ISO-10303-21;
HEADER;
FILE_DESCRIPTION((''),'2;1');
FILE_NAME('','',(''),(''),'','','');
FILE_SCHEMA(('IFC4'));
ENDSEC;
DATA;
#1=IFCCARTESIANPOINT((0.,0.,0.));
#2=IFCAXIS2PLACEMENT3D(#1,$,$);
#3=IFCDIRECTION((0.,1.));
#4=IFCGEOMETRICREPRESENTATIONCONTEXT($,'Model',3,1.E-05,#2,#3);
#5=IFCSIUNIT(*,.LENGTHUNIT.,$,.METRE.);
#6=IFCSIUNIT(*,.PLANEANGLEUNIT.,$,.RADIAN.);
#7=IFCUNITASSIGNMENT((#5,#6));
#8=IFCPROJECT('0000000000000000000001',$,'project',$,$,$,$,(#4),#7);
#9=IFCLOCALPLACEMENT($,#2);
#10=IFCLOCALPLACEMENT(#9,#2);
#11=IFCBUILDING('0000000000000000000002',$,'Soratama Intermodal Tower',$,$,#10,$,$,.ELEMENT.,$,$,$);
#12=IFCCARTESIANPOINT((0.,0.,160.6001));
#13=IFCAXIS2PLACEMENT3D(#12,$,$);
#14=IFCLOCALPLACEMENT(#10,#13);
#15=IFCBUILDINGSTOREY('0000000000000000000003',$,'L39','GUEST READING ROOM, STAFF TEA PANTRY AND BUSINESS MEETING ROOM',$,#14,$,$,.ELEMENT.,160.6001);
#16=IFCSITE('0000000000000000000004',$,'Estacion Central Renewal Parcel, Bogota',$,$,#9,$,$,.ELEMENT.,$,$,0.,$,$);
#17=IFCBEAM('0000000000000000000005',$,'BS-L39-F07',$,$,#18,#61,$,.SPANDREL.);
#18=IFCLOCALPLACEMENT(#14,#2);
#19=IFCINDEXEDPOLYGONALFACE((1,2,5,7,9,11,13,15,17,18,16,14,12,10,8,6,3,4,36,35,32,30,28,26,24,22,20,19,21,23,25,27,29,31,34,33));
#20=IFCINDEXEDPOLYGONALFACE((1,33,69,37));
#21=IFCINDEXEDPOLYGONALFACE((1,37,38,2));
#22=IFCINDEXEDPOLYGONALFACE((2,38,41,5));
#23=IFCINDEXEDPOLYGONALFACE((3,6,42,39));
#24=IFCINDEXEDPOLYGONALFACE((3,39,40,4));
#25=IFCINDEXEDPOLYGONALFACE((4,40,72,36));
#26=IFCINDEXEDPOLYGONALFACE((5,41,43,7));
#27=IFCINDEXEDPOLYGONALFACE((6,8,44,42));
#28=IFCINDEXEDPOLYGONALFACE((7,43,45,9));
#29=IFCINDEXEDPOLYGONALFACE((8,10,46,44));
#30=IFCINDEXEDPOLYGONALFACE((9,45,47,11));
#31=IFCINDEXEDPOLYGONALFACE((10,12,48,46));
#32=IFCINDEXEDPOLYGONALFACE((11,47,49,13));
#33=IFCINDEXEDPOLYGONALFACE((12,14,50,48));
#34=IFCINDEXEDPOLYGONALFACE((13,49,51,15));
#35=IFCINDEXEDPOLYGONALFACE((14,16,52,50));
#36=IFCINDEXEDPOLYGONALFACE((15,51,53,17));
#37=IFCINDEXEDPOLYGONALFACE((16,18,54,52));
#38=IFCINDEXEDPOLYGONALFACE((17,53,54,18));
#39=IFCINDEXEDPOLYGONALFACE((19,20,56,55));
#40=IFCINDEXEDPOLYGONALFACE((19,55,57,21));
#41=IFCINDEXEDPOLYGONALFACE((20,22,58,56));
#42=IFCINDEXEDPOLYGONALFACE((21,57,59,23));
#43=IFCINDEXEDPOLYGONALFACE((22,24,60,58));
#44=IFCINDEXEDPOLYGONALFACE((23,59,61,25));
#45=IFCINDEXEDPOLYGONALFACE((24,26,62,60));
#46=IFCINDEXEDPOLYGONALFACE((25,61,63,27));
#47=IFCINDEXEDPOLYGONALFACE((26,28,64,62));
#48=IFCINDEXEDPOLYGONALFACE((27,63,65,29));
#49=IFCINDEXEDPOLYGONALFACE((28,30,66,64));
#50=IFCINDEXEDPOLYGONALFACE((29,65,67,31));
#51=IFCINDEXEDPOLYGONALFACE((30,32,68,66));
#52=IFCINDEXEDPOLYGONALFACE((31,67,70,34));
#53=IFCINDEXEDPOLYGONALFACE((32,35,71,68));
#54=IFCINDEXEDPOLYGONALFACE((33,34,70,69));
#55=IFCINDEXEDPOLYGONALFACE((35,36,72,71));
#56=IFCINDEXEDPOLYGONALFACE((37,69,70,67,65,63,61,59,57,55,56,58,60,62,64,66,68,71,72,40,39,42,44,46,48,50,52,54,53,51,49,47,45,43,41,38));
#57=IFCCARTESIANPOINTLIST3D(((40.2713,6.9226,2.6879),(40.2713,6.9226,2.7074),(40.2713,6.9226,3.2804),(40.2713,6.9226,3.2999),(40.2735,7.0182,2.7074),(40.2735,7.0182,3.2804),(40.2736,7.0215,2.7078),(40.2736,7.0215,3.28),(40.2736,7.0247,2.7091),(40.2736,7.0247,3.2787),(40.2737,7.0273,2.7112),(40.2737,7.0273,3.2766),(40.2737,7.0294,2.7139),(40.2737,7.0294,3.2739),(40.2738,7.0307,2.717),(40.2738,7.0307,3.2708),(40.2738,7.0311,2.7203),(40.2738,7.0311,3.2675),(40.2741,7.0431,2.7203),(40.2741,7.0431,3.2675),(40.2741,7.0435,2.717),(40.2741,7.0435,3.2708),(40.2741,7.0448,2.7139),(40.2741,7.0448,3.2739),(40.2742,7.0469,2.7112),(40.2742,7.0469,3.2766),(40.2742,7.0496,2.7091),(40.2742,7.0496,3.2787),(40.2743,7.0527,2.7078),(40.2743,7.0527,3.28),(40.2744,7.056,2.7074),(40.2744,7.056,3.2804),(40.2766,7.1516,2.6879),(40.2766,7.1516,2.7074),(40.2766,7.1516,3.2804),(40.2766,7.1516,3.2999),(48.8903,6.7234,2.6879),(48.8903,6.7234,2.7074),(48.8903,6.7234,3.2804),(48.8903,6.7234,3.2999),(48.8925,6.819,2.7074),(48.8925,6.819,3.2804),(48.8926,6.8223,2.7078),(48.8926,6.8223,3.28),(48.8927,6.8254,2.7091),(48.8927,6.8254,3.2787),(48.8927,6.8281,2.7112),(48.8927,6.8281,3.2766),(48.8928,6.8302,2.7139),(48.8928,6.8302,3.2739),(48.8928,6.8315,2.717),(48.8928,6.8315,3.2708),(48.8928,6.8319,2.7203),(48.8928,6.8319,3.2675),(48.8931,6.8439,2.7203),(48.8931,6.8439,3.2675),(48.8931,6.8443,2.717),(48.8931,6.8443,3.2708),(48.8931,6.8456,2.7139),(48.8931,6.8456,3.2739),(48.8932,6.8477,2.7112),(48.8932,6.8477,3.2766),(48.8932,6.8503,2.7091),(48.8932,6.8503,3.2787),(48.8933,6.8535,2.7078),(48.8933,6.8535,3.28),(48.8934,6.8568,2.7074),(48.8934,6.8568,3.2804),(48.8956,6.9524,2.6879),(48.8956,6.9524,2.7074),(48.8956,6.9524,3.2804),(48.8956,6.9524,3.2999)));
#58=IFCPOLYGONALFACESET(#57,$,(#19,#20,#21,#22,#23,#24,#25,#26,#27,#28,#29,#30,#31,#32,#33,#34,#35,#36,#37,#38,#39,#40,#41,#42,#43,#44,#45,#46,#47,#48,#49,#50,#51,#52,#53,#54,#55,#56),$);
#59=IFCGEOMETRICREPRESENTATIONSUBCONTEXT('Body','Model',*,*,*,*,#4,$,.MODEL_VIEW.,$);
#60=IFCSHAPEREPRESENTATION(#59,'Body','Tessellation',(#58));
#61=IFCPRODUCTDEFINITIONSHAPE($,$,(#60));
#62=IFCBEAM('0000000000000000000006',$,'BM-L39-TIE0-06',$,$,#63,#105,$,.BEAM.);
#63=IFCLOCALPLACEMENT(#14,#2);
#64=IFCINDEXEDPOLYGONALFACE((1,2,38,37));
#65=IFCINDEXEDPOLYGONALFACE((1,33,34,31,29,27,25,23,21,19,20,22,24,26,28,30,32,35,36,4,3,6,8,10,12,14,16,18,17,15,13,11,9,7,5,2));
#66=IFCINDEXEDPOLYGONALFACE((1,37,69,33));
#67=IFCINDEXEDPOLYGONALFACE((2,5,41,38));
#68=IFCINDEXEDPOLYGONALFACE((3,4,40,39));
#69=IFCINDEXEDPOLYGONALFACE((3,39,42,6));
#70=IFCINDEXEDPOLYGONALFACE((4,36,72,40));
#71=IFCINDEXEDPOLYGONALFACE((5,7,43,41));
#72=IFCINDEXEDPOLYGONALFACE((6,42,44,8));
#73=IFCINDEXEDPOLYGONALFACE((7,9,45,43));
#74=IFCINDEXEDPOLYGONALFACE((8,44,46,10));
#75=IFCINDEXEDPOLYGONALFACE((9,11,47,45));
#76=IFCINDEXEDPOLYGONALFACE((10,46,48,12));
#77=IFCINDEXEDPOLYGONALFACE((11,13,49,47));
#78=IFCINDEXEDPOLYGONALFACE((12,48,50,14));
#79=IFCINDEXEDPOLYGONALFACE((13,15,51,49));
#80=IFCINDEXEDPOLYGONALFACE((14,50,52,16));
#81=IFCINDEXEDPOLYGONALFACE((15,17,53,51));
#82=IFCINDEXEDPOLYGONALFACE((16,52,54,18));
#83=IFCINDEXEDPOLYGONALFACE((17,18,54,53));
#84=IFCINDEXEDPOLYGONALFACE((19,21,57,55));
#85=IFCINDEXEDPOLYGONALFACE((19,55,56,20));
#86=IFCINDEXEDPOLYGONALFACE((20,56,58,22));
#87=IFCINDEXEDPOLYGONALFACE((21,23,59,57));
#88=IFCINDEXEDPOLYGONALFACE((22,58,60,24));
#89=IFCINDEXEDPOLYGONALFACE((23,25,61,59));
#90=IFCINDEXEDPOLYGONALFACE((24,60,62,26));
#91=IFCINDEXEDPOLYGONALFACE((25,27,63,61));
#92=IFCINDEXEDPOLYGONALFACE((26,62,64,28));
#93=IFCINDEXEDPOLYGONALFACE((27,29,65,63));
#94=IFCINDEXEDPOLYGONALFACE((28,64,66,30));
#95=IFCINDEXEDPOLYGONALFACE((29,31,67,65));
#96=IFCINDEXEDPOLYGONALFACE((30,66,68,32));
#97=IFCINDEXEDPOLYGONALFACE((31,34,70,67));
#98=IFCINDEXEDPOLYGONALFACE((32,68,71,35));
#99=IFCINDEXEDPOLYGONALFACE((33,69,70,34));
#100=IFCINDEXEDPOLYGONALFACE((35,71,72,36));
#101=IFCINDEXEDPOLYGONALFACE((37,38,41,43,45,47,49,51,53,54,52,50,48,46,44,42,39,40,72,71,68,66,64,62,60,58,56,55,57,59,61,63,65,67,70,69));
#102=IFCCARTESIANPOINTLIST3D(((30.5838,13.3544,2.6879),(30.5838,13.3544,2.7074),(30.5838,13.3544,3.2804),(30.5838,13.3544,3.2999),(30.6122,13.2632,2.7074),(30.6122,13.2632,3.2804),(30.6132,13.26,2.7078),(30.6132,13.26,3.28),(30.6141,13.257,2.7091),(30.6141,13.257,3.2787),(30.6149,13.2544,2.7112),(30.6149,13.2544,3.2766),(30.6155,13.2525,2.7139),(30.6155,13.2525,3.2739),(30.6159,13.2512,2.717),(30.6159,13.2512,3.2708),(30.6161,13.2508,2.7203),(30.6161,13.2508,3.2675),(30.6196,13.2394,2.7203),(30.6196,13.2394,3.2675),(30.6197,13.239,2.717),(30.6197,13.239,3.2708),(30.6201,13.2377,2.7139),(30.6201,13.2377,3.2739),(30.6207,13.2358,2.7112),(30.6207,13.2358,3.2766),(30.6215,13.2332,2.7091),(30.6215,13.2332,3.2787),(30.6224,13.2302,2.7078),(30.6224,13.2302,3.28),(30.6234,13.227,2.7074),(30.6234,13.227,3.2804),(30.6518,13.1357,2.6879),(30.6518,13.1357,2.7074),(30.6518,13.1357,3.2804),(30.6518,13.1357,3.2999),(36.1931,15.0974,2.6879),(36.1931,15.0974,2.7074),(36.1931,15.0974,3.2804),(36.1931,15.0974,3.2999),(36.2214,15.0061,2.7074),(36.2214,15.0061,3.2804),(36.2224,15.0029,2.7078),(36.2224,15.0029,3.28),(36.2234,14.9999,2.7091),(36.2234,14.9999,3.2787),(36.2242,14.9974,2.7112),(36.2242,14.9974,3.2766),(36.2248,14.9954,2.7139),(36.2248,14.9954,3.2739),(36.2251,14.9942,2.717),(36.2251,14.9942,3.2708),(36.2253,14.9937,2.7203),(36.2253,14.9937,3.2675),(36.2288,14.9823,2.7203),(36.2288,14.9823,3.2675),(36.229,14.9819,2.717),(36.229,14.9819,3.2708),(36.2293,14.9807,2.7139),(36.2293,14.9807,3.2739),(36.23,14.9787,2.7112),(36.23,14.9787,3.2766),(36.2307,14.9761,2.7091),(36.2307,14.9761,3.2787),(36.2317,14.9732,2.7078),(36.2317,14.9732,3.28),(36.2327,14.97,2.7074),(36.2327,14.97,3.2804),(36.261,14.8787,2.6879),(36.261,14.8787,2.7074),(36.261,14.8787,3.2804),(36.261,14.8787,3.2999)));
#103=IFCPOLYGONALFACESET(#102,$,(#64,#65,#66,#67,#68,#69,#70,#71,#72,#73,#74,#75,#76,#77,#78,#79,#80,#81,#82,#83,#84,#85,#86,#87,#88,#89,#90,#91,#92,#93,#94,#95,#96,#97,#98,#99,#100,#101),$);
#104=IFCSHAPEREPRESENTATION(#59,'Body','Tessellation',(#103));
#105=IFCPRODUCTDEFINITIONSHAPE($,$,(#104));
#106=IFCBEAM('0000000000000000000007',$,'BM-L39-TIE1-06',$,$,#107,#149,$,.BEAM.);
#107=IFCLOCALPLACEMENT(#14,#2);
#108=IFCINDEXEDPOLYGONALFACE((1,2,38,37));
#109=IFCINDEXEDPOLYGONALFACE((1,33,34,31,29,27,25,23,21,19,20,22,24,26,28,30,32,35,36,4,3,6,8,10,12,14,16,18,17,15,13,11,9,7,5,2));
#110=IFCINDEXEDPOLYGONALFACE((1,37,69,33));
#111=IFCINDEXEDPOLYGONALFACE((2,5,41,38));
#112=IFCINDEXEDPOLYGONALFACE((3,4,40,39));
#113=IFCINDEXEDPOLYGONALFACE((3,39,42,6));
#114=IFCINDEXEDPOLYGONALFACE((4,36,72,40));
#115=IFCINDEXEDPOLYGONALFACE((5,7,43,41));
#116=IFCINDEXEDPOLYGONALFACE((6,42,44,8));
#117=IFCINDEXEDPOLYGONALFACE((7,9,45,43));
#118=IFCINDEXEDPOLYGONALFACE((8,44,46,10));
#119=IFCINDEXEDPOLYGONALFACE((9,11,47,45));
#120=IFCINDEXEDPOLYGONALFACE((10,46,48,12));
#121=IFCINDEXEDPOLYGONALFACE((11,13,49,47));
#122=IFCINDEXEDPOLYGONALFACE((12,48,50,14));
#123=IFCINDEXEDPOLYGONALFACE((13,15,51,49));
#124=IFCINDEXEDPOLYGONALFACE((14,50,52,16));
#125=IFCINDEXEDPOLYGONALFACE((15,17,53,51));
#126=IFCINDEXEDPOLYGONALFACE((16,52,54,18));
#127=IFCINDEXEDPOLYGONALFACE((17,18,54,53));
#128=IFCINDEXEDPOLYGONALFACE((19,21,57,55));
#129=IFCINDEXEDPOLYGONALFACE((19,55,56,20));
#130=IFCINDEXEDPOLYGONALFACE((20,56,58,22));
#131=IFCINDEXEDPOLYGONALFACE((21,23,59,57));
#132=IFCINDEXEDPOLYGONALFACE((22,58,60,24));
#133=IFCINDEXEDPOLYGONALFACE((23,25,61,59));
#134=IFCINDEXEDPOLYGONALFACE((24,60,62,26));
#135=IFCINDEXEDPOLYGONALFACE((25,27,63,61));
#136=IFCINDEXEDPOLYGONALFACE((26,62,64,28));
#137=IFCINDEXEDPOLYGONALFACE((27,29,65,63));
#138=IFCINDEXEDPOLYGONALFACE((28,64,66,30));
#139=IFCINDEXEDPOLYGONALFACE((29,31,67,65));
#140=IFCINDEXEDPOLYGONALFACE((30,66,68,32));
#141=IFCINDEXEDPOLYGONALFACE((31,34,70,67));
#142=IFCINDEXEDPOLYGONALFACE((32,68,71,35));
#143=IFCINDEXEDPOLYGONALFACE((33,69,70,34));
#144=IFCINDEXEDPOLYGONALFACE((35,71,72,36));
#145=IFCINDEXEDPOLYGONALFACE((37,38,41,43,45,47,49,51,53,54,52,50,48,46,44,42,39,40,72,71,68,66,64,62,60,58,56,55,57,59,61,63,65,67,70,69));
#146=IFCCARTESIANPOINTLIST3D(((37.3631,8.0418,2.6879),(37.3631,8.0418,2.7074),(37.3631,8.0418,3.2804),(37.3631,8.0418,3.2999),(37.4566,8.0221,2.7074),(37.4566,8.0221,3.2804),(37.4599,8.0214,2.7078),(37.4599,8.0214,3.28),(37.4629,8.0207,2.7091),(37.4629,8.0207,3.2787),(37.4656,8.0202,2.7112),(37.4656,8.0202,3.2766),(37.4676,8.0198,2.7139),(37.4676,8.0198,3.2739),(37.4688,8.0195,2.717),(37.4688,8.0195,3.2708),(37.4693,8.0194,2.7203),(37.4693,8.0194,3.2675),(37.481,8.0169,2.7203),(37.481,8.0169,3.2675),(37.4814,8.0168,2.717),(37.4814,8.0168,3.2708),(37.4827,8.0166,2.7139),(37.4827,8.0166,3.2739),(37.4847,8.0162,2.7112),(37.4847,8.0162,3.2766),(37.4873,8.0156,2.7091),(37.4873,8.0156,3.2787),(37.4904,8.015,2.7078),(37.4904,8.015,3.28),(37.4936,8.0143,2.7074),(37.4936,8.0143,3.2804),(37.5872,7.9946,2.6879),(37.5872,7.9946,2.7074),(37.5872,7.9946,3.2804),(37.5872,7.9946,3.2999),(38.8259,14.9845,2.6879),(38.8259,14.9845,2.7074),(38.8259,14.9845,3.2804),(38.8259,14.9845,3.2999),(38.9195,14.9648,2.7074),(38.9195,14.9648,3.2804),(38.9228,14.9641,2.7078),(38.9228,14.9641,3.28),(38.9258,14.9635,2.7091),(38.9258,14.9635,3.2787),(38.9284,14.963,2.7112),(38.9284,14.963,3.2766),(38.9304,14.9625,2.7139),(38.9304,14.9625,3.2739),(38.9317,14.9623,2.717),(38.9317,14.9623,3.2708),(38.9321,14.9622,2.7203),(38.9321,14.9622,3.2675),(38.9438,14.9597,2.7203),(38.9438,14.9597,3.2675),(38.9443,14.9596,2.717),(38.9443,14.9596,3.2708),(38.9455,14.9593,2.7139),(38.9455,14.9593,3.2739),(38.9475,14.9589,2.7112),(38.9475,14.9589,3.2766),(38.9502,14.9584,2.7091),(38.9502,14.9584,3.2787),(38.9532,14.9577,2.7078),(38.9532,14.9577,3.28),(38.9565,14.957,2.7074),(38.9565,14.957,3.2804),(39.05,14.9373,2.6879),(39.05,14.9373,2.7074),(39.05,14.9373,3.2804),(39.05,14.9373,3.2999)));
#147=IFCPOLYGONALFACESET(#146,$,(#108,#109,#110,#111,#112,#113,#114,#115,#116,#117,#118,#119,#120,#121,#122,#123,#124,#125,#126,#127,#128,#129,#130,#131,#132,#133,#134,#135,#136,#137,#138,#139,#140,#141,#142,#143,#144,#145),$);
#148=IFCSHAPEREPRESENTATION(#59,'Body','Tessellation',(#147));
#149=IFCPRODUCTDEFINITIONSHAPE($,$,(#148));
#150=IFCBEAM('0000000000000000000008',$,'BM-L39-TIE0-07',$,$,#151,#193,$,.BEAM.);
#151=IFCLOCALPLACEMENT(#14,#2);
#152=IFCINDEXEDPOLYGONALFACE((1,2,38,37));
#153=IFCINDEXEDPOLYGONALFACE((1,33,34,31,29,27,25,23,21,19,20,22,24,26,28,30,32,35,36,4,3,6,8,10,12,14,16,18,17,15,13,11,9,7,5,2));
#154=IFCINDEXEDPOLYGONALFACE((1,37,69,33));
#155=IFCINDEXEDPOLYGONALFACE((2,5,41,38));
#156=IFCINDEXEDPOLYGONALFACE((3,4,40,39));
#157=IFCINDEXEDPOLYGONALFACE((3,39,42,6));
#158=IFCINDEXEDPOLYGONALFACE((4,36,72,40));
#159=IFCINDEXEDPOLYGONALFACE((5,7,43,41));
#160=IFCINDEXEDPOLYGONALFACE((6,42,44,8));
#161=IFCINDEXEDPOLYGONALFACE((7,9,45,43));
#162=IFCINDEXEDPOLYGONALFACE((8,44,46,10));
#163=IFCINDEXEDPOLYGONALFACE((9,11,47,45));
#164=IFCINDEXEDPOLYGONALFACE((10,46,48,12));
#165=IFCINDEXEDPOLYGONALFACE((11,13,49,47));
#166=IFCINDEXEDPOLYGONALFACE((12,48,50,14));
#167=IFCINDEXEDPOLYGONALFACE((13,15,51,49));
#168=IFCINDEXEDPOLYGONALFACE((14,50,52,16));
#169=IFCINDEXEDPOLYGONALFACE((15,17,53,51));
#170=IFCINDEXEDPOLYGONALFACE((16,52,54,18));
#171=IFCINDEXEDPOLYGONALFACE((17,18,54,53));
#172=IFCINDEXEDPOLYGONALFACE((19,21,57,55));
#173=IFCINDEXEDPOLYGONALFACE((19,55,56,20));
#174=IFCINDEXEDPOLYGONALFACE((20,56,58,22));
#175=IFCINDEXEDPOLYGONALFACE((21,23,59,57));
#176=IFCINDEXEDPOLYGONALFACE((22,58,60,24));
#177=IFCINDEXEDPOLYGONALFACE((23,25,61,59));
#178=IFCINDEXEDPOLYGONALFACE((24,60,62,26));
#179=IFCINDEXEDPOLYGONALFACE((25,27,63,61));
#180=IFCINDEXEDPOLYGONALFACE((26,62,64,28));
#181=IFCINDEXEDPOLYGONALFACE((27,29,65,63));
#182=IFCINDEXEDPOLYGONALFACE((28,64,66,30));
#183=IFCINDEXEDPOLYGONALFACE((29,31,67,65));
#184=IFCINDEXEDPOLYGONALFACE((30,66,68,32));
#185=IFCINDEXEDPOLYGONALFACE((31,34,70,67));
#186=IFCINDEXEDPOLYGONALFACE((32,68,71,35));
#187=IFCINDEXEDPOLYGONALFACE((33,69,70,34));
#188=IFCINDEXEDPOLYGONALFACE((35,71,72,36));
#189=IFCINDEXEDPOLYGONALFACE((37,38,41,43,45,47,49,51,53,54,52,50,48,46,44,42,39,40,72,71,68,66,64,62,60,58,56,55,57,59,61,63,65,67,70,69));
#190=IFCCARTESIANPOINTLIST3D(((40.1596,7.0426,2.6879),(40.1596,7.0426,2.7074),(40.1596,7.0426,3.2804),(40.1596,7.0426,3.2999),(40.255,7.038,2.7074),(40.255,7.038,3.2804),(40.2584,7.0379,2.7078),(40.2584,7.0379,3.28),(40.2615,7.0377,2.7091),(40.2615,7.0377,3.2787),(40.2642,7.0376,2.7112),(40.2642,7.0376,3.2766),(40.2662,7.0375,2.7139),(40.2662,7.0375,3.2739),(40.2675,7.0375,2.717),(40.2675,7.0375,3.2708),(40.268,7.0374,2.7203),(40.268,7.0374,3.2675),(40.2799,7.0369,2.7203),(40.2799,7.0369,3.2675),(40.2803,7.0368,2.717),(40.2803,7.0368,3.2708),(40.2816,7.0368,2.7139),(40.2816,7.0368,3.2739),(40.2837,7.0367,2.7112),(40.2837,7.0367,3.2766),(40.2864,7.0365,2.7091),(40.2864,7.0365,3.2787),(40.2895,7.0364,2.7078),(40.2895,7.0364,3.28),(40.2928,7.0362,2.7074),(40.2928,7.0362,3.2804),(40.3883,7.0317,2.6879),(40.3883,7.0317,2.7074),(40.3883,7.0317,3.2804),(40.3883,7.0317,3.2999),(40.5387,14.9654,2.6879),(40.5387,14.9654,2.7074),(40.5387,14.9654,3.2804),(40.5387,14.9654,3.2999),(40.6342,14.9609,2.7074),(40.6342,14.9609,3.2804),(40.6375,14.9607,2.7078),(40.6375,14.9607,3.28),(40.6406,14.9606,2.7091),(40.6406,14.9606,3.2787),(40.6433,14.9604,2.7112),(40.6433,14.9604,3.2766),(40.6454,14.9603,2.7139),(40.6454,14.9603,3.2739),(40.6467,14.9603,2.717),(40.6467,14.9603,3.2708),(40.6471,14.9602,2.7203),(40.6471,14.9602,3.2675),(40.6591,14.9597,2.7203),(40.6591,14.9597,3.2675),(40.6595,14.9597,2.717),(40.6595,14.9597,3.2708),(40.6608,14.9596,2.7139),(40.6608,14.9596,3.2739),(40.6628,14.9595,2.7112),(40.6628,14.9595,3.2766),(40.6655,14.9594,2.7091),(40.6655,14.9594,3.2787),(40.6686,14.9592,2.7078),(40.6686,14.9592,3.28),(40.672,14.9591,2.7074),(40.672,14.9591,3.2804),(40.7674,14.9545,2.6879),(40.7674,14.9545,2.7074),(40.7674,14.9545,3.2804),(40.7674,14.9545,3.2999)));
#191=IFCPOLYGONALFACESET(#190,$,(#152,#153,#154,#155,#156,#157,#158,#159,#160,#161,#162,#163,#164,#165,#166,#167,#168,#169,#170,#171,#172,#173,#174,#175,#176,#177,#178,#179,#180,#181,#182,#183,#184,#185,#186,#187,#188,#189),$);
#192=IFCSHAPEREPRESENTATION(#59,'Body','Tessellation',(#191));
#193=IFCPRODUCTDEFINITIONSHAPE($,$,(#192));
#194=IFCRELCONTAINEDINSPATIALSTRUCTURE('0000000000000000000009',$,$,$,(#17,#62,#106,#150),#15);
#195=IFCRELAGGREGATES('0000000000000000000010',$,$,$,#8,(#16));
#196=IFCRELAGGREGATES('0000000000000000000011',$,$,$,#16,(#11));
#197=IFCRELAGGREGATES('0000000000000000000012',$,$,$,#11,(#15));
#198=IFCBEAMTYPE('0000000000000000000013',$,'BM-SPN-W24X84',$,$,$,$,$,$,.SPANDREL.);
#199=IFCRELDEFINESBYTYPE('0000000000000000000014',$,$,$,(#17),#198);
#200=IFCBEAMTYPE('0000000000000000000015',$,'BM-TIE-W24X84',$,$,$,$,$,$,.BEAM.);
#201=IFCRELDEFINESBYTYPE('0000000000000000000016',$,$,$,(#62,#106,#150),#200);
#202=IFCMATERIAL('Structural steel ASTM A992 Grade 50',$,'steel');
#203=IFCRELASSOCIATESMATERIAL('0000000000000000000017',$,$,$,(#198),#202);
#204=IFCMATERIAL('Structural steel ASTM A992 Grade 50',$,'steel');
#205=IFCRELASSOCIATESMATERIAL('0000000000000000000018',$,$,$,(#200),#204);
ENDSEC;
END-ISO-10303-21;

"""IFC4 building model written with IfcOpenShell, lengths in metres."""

from ifc_helpers import new_model, si_unit, direction, frame, origin, origin_2d, place, context, subcontext, project, spatial, i_section, extrude, material, material_profile, profile_set, type_object, element, save


model = new_model("IFC4")

# Units and contexts
model_context = context("Model", 3, precision=1e-05, world=origin(), true_north=direction((0.0, 1.0)))
body_context = subcontext(model_context, "Body", "Model", "MODEL_VIEW")
ifc_project = project(units=[si_unit("LENGTHUNIT", "METRE"), si_unit("PLANEANGLEUNIT", "RADIAN")], contexts=[model_context])

# Site, building, storey
site_placement = place(None, origin())
site = spatial("IfcSite", under=ifc_project, at=site_placement, Name="Estacion Central Renewal Parcel, Bogota", CompositionType="ELEMENT", RefElevation=0.0)
building_placement = place(site_placement, origin())
building = spatial("IfcBuilding", under=site, at=building_placement, Name="Soratama Intermodal Tower", CompositionType="ELEMENT")
storey_placement = place(building_placement, frame((0.0, 0.0, 160.6001)))
storey = spatial("IfcBuildingStorey", under=building, at=storey_placement, Name="L39", Description="GUEST READING ROOM, STAFF TEA PANTRY AND BUSINESS MEETING ROOM", CompositionType="ELEMENT", Elevation=160.6001)

# Beams
ifc_material_1 = material(Name="Structural steel ASTM A992 Grade 50", Category="steel")
ifc_material_profile_1 = material_profile(ifc_material_1, i_section(OverallWidth=0.229, OverallDepth=0.6121, WebThickness=0.012, FlangeThickness=0.0195, FilletRadius=0.0129, at=origin_2d()), Name="W24X84")
ifc_profile_set_1 = profile_set([ifc_material_profile_1], Name="Structural steel ASTM A992 Grade 50")
beam_type_1 = type_object("IfcBeamType", Name="BM-SPN-W24X84", PredefinedType="SPANDREL", material=ifc_profile_set_1)
beam_1_placement = place(storey_placement, frame((40.2739, 7.0371, 2.9939), z_axis=(0.999733, -0.023107, 0.0), x_axis=(0.023107, 0.999733, 0.0)))
element("IfcBeam", 1, at=beam_1_placement, inside=storey, type_object=beam_type_1, Name="BS-L39-F07", PredefinedType="SPANDREL", context=body_context, shape_type="SweptSolid", body=[
    extrude(i_section(OverallWidth=0.229, OverallDepth=0.6121, WebThickness=0.012, FlangeThickness=0.0195, FilletRadius=0.0129, at=origin_2d()), origin(), (0.0, 0.0, 1.0), 8.6213),
])
ifc_material_2 = material(Name="Structural steel ASTM A992 Grade 50", Category="steel")
ifc_material_profile_2 = material_profile(ifc_material_2, i_section(OverallWidth=0.229, OverallDepth=0.6121, WebThickness=0.012, FlangeThickness=0.0195, FilletRadius=0.0129, at=origin_2d()), Name="W24X84")
ifc_profile_set_2 = profile_set([ifc_material_profile_2], Name="Structural steel ASTM A992 Grade 50")
beam_type_2 = type_object("IfcBeamType", Name="BM-TIE-W24X84", PredefinedType="BEAM", material=ifc_profile_set_2)
beam_2_placement = place(storey_placement, frame((36.2271, 14.988, 2.9939), z_axis=(-0.95496, -0.296734, 0.0), x_axis=(0.296734, -0.95496, 0.0)))
element("IfcBeam", 2, at=beam_2_placement, inside=storey, type_object=beam_type_2, Name="BM-L39-TIE0-06", PredefinedType="BEAM", context=body_context, shape_type="SweptSolid", body=[
    extrude(i_section(OverallWidth=0.229, OverallDepth=0.6121, WebThickness=0.012, FlangeThickness=0.0195, FilletRadius=0.0129, at=origin_2d()), origin(), (0.0, 0.0, 1.0), 5.8738),
])
beam_3_placement = place(storey_placement, frame((38.938, 14.9609, 2.9939), z_axis=(-0.206177, -0.978515, 0.0), x_axis=(0.978515, -0.206177, 0.0)))
element("IfcBeam", 3, at=beam_3_placement, inside=storey, type_object=beam_type_2, Name="BM-L39-TIE1-06", PredefinedType="BEAM", context=body_context, shape_type="SweptSolid", body=[
    extrude(i_section(OverallWidth=0.229, OverallDepth=0.6121, WebThickness=0.012, FlangeThickness=0.0195, FilletRadius=0.0129, at=origin_2d()), origin(), (0.0, 0.0, 1.0), 7.0952),
])
beam_4_placement = place(storey_placement, frame((40.6531, 14.96, 2.9939), z_axis=(-0.047801, -0.998857, 0.0), x_axis=(0.998857, -0.047801, 0.0)))
element("IfcBeam", 4, at=beam_4_placement, inside=storey, type_object=beam_type_2, Name="BM-L39-TIE0-07", PredefinedType="BEAM", context=body_context, shape_type="SweptSolid", body=[
    extrude(i_section(OverallWidth=0.229, OverallDepth=0.6121, WebThickness=0.012, FlangeThickness=0.0195, FilletRadius=0.0129, at=origin_2d()), origin(), (0.0, 0.0, 1.0), 7.9319),
])

save(model, "model.ifc")
